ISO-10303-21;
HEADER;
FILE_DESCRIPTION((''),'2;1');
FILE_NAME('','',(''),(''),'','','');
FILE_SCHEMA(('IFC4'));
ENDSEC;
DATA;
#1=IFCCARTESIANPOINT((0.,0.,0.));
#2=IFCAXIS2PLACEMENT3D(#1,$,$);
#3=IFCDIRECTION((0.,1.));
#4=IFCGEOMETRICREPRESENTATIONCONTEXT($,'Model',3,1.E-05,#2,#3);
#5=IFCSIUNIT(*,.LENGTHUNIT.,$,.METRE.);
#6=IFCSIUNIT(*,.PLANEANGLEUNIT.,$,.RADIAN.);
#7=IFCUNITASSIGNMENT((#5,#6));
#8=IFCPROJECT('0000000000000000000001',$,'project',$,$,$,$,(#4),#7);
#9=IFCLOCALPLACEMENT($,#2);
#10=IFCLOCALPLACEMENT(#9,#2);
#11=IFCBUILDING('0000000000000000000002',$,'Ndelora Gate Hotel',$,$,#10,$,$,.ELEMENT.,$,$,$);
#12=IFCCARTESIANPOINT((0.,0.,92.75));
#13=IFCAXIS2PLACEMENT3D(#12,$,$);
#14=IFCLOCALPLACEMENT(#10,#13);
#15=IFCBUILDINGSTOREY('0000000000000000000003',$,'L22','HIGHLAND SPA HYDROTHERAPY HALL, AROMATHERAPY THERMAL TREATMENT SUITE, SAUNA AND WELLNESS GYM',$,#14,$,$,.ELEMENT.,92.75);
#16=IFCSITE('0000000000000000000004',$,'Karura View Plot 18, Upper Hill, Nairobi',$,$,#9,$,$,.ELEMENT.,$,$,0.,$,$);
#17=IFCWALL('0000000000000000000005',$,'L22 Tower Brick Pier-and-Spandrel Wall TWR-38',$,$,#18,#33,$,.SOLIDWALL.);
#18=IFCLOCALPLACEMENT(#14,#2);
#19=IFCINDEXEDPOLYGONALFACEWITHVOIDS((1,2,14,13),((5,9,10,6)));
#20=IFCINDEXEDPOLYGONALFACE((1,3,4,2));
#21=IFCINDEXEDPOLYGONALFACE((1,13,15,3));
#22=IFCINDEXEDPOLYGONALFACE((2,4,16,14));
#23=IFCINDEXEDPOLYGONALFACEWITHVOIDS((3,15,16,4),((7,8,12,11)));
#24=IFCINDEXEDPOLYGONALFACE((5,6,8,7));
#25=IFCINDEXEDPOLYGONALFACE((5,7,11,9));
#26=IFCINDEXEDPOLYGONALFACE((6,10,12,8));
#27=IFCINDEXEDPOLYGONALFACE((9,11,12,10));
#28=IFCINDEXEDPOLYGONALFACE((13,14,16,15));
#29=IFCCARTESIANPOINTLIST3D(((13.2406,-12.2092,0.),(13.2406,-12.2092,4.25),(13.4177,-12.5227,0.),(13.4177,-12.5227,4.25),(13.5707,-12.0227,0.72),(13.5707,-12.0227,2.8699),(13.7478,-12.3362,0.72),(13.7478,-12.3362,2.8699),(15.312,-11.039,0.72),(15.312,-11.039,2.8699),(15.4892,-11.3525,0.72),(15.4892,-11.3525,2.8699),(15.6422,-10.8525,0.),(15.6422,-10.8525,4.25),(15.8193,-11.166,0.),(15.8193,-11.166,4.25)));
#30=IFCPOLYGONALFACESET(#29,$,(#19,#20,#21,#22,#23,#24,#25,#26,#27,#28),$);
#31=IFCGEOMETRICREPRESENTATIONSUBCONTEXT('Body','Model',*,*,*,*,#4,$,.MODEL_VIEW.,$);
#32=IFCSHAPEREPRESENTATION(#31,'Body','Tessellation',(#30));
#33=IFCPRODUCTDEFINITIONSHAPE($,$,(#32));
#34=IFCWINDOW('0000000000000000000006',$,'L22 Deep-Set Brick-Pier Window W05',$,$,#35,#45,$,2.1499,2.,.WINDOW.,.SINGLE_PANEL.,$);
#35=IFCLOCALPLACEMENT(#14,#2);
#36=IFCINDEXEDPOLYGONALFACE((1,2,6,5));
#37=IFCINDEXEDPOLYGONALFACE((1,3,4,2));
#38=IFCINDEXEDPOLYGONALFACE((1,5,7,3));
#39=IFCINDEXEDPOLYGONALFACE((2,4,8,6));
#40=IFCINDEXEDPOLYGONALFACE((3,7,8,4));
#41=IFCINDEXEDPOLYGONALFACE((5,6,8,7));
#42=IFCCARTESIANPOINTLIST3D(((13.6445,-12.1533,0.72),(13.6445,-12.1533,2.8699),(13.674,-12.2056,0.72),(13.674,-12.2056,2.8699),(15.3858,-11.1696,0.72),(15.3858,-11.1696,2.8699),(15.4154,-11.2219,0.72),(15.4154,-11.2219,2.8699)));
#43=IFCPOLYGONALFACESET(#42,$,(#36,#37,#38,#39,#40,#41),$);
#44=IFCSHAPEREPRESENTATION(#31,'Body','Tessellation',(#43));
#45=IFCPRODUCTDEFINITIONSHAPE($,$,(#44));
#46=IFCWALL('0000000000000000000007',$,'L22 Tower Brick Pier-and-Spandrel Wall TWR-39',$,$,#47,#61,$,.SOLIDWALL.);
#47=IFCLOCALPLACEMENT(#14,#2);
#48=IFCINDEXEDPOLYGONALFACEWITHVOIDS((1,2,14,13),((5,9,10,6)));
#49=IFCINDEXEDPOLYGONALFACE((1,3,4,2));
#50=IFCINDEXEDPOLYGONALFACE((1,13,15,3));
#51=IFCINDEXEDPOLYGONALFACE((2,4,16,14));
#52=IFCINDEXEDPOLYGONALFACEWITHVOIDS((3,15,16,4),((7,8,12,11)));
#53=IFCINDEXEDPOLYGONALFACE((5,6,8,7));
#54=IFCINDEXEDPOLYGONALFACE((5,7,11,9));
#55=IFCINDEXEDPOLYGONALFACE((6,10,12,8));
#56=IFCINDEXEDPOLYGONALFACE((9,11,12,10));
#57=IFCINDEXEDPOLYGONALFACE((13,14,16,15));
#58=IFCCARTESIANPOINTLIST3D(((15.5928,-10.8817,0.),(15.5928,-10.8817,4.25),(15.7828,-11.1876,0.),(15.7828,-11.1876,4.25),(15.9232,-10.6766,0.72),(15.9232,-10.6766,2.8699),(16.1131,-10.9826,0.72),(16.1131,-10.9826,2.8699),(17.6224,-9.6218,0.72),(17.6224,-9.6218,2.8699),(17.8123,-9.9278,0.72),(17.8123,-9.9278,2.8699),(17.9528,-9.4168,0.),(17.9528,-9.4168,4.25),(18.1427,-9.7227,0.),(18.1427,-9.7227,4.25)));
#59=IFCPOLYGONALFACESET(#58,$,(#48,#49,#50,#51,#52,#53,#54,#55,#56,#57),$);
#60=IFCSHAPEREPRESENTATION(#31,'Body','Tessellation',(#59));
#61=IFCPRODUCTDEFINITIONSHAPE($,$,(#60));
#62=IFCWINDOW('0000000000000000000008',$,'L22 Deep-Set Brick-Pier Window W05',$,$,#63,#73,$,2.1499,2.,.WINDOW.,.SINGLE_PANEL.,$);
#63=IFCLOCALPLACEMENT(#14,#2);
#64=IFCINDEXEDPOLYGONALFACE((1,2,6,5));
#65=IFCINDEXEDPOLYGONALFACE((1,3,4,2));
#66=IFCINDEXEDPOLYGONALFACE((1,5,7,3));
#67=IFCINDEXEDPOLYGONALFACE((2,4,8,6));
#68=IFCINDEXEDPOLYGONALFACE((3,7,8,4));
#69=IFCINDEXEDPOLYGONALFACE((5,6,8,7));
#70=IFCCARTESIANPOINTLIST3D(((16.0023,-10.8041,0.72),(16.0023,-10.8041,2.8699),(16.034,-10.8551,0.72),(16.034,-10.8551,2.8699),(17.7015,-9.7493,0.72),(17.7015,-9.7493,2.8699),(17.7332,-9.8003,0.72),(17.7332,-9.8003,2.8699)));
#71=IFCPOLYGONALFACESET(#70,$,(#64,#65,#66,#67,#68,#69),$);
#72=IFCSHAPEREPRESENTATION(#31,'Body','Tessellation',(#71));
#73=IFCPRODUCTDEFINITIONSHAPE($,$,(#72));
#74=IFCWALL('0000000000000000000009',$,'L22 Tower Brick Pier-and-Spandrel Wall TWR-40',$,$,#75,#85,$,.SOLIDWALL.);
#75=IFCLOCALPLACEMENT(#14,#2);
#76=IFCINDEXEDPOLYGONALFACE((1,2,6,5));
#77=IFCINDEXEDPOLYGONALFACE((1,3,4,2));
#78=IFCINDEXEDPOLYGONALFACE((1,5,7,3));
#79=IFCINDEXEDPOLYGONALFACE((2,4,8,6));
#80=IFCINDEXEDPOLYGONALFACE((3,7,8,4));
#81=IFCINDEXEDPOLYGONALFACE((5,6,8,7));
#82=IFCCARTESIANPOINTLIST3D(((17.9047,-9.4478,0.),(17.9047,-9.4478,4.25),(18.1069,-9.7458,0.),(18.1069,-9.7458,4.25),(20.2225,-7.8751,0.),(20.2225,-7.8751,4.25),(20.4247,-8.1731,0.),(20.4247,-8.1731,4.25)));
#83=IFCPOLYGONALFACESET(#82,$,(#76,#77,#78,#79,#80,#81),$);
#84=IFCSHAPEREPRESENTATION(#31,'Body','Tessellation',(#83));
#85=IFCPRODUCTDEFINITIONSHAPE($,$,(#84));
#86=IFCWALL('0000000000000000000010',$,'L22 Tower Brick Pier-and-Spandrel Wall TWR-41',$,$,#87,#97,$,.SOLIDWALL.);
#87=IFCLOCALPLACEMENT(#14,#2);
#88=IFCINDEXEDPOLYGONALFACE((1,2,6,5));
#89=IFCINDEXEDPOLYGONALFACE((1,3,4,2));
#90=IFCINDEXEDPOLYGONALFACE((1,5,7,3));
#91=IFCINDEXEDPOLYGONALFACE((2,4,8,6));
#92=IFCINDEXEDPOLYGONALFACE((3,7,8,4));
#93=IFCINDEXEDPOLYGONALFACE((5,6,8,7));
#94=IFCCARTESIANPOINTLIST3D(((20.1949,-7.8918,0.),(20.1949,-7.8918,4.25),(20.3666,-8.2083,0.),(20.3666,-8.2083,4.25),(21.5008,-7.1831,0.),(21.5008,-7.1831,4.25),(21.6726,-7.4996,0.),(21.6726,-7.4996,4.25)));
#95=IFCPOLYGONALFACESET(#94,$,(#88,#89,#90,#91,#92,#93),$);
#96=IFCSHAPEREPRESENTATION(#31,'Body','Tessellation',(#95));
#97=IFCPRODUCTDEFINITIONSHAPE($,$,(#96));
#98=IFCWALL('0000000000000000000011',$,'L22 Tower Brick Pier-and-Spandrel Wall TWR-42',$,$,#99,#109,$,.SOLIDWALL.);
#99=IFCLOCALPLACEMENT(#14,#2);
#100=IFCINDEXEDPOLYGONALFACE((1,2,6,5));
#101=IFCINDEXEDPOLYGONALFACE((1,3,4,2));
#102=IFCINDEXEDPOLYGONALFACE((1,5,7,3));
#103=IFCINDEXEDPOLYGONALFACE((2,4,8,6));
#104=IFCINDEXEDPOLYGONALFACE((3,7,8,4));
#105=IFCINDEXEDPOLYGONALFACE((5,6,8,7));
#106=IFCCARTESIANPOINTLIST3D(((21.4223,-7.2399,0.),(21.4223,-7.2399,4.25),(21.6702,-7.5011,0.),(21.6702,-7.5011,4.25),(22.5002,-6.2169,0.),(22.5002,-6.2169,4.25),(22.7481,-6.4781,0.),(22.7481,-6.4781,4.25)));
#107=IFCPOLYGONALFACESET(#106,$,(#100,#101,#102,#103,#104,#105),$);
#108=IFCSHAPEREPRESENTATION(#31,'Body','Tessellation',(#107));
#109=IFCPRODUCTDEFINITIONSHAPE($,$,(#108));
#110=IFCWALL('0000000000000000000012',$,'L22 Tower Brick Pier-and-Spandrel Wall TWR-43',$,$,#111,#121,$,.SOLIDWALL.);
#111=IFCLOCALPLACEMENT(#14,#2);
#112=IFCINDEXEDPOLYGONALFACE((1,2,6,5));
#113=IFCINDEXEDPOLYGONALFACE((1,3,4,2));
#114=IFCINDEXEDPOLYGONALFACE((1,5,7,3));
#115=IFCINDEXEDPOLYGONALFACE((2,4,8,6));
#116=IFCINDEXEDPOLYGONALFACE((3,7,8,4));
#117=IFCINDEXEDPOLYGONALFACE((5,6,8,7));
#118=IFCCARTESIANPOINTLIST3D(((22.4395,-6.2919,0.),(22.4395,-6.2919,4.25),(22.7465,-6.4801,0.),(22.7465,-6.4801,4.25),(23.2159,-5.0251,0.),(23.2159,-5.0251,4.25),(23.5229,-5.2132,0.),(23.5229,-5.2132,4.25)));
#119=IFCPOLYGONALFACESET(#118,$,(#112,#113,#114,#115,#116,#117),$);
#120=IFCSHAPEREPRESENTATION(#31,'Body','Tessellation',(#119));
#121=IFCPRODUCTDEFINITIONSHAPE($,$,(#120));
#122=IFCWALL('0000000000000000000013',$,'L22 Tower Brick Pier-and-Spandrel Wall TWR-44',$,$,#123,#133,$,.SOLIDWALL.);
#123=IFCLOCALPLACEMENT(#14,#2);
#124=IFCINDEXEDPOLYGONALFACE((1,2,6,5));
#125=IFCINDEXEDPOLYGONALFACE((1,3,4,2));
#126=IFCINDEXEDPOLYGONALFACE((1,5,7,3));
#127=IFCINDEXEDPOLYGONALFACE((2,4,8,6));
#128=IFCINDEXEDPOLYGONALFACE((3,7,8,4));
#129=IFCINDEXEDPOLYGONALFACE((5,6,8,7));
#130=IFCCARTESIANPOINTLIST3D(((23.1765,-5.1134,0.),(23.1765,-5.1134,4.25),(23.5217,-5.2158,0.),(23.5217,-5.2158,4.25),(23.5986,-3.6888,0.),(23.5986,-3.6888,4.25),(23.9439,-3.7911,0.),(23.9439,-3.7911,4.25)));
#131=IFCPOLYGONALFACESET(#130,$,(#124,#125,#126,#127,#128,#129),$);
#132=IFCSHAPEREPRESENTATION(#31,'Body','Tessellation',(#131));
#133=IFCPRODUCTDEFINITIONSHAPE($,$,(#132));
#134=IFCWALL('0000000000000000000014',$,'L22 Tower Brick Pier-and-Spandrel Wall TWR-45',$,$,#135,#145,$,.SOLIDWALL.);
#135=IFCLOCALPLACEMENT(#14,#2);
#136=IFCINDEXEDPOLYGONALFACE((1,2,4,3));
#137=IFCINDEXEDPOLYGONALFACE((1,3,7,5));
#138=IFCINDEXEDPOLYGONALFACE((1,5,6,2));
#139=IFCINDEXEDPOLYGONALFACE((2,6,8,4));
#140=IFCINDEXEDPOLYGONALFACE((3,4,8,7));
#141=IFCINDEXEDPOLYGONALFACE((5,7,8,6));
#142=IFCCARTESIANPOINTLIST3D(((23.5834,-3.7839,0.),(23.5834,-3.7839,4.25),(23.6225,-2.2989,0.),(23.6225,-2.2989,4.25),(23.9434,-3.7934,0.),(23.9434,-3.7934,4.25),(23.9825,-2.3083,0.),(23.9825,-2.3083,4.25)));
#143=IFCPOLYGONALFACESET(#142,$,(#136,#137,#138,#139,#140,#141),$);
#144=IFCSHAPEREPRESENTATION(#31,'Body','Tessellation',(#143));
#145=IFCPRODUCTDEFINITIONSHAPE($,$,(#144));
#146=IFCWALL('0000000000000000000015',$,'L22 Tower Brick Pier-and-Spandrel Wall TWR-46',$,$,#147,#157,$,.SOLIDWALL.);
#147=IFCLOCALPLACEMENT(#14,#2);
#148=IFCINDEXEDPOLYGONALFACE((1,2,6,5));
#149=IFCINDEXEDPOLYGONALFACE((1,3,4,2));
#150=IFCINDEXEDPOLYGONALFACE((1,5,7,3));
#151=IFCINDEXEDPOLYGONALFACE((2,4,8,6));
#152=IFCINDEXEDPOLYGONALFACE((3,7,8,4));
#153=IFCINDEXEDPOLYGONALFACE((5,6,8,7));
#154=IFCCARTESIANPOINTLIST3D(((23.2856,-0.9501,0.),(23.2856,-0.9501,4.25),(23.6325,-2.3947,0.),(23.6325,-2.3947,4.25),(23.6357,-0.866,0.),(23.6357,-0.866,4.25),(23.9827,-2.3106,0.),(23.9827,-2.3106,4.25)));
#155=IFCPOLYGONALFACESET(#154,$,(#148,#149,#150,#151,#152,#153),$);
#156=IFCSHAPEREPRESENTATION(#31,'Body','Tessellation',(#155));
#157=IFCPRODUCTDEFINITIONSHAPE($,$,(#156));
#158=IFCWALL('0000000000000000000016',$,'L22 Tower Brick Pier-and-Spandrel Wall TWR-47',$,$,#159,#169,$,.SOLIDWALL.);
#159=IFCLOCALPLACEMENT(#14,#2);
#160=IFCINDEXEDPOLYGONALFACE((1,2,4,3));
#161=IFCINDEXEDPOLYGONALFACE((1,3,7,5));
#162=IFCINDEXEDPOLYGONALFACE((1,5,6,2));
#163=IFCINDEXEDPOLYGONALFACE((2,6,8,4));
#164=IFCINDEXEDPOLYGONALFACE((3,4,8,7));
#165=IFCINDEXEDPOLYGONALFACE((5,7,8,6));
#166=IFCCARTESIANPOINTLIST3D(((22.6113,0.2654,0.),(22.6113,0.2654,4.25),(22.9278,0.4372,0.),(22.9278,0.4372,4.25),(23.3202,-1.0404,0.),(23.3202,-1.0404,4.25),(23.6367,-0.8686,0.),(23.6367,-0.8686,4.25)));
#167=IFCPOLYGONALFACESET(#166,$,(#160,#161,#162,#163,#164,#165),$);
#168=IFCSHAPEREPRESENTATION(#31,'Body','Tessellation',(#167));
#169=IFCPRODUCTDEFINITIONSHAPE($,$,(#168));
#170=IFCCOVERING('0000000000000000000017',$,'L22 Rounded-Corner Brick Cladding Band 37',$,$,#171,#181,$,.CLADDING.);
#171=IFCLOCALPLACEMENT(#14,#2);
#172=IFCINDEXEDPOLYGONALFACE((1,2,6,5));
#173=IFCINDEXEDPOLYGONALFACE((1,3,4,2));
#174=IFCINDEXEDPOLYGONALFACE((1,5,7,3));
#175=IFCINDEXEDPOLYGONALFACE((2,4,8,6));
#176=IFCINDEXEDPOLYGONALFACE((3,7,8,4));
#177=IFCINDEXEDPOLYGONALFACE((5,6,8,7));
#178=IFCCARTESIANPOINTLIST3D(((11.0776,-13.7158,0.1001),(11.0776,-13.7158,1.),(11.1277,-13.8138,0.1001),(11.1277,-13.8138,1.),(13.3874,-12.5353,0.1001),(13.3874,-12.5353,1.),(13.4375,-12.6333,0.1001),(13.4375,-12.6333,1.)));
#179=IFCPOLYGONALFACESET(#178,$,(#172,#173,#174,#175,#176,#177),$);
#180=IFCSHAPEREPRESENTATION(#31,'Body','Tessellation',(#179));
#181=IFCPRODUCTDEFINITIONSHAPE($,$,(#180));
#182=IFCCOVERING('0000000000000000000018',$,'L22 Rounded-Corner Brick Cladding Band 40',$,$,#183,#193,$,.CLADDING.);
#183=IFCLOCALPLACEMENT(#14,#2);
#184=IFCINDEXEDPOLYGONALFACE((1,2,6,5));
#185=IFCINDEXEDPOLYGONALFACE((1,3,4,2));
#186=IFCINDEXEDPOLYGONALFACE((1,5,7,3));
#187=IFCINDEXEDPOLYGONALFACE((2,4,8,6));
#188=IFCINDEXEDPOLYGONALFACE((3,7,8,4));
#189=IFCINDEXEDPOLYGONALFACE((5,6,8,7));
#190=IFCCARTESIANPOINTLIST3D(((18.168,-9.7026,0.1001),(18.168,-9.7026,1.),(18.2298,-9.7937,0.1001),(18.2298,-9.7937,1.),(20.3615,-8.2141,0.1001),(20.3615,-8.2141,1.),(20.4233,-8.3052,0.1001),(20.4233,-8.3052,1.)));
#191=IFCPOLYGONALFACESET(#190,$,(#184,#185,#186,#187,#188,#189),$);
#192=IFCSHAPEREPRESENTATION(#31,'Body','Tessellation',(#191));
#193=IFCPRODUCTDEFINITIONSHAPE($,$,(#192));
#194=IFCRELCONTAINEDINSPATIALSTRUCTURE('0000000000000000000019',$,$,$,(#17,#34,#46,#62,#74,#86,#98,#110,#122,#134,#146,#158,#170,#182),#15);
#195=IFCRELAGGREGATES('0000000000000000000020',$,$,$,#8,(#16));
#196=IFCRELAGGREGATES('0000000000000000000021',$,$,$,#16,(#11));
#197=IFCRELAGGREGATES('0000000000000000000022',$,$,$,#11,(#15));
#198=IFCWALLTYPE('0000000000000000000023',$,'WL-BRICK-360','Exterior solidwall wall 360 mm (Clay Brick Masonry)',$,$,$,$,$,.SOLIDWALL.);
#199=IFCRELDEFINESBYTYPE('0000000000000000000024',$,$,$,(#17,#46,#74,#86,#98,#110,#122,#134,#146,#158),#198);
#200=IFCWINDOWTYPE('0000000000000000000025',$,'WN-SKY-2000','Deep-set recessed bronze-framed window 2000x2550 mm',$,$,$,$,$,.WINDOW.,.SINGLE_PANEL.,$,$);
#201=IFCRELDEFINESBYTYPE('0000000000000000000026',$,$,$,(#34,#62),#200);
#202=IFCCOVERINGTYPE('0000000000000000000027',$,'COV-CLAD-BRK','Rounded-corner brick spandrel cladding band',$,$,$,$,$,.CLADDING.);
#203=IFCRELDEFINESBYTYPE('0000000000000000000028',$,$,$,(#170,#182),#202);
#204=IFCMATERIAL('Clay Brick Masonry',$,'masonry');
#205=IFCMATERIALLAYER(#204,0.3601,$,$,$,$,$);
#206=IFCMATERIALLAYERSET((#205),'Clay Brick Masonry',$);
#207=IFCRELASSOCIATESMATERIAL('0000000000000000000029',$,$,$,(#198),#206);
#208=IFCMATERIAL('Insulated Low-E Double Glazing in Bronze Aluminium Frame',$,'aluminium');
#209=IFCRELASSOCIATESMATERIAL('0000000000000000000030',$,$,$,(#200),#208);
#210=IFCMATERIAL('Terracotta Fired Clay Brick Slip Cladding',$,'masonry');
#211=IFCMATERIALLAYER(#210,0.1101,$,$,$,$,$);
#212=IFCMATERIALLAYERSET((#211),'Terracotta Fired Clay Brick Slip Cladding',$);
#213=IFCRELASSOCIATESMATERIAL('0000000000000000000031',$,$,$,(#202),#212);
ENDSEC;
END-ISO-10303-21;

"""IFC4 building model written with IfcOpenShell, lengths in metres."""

from ifc_helpers import new_model, si_unit, direction, frame, frame_2d, origin, origin_2d, place, context, subcontext, project, spatial, rectangle, extrude, material, layer, layer_set, type_object, element, fill, save


model = new_model("IFC4")

# Units and contexts
model_context = context("Model", 3, precision=1e-05, world=origin(), true_north=direction((0.0, 1.0)))
body_context = subcontext(model_context, "Body", "Model", "MODEL_VIEW")
ifc_project = project(units=[si_unit("LENGTHUNIT", "METRE"), si_unit("PLANEANGLEUNIT", "RADIAN")], contexts=[model_context])

# Site, building, storey
site_placement = place(None, origin())
site = spatial("IfcSite", under=ifc_project, at=site_placement, Name="Karura View Plot 18, Upper Hill, Nairobi", CompositionType="ELEMENT", RefElevation=0.0)
building_placement = place(site_placement, origin())
building = spatial("IfcBuilding", under=site, at=building_placement, Name="Ndelora Gate Hotel", CompositionType="ELEMENT")
storey_placement = place(building_placement, frame((0.0, 0.0, 92.75)))
storey = spatial("IfcBuildingStorey", under=building, at=storey_placement, Name="L22", Description="HIGHLAND SPA HYDROTHERAPY HALL, AROMATHERAPY THERMAL TREATMENT SUITE, SAUNA AND WELLNESS GYM", CompositionType="ELEMENT", Elevation=92.75)

# Shared definitions
ifc_material_1 = material(Name="Clay Brick Masonry", Category="masonry")
ifc_layer_1 = layer(ifc_material_1, 0.3601)
ifc_layer_set_1 = layer_set([ifc_layer_1], Name="Clay Brick Masonry")
wall_type = type_object("IfcWallType", Name="WL-BRICK-360", Description="Exterior solidwall wall 360 mm (Clay Brick Masonry)", PredefinedType="SOLIDWALL", material=ifc_layer_set_1)

# Walls, openings, windows
ifc_material_2 = material(Name="Insulated Low-E Double Glazing in Bronze Aluminium Frame", Category="aluminium")
window_type = type_object("IfcWindowType", Name="WN-SKY-2000", Description="Deep-set recessed bronze-framed window 2000x2550 mm", PartitioningType="SINGLE_PANEL", PredefinedType="WINDOW", material=ifc_material_2)
wall_1_placement = place(storey_placement, frame((15.7307, -11.0093, 0.0), z_axis=(0.0, 0.0, 1.0), x_axis=(-0.870678, -0.491853, 0.0)))
wall_1 = element("IfcWall", 1, at=wall_1_placement, inside=storey, type_object=wall_type, Name="L22 Tower Brick Pier-and-Spandrel Wall TWR-38", PredefinedType="SOLIDWALL", context=body_context, shape_type="SweptSolid", body=[
    extrude(rectangle(XDim=2.7583, YDim=0.3601, at=frame_2d((1.3792, 0.0))), origin(), (0.0, 0.0, 1.0), 4.25),
])
opening_1_placement = place(wall_1_placement, frame((0.3792, 0.0, 0.72)))
opening_1 = element("IfcOpeningElement", 2, at=opening_1_placement, cuts=wall_1, PredefinedType="OPENING", context=body_context, shape_type="SweptSolid", body=[
    extrude(rectangle(XDim=2.0, YDim=2.1499, at=frame_2d((1.0, 1.075))), frame((0.0, 0.1899, 0.0), z_axis=(0.0, -1.0, 0.0), x_axis=(1.0, 0.0, 0.0)), (0.0, 0.0, 1.0), 0.3801),
])
window_1_placement = place(opening_1_placement, origin())
window_1 = element("IfcWindow", 3, at=window_1_placement, inside=storey, type_object=window_type, Name="L22 Deep-Set Brick-Pier Window W05", OverallHeight=2.1499, OverallWidth=2.0, PartitioningType="SINGLE_PANEL", PredefinedType="WINDOW", context=body_context, shape_type="SweptSolid", body=[
    extrude(rectangle(XDim=2.0, YDim=2.1499, at=frame_2d((1.0, 1.075))), frame((0.0, 0.03, 0.0), z_axis=(0.0, -1.0, 0.0), x_axis=(1.0, 0.0, 0.0)), (0.0, 0.0, 1.0), 0.0601),
])
fill(opening_1, window_1)
wall_2_placement = place(storey_placement, frame((18.0476, -9.5698, 0.0), z_axis=(0.0, 0.0, 1.0), x_axis=(-0.849624, -0.527389, 0.0)))
wall_2 = element("IfcWall", 4, at=wall_2_placement, inside=storey, type_object=wall_type, Name="L22 Tower Brick Pier-and-Spandrel Wall TWR-39", PredefinedType="SOLIDWALL", context=body_context, shape_type="SweptSolid", body=[
    extrude(rectangle(XDim=2.7776, YDim=0.3601, at=frame_2d((1.3887, 0.0))), origin(), (0.0, 0.0, 1.0), 4.25),
])
opening_2_placement = place(wall_2_placement, frame((0.3887, 0.0, 0.72)))
opening_2 = element("IfcOpeningElement", 5, at=opening_2_placement, cuts=wall_2, PredefinedType="OPENING", context=body_context, shape_type="SweptSolid", body=[
    extrude(rectangle(XDim=2.0, YDim=2.1499, at=frame_2d((1.0, 1.075))), frame((0.0, 0.1899, 0.0), z_axis=(0.0, -1.0, 0.0), x_axis=(1.0, 0.0, 0.0)), (0.0, 0.0, 1.0), 0.3801),
])
window_2_placement = place(opening_2_placement, origin())
window_2 = element("IfcWindow", 6, at=window_2_placement, inside=storey, type_object=window_type, Name="L22 Deep-Set Brick-Pier Window W05", OverallHeight=2.1499, OverallWidth=2.0, PartitioningType="SINGLE_PANEL", PredefinedType="WINDOW", context=body_context, shape_type="SweptSolid", body=[
    extrude(rectangle(XDim=2.0, YDim=2.1499, at=frame_2d((1.0, 1.075))), frame((0.0, 0.03, 0.0), z_axis=(0.0, -1.0, 0.0), x_axis=(1.0, 0.0, 0.0)), (0.0, 0.0, 1.0), 0.0601),
])
fill(opening_2, window_2)

# Walls
wall_3_placement = place(storey_placement, frame((20.3235, -8.0242, 0.0), z_axis=(0.0, 0.0, 1.0), x_axis=(-0.82749, -0.56148, 0.0)))
element("IfcWall", 7, at=wall_3_placement, inside=storey, type_object=wall_type, Name="L22 Tower Brick Pier-and-Spandrel Wall TWR-40", PredefinedType="SOLIDWALL", context=body_context, shape_type="SweptSolid", body=[
    extrude(rectangle(XDim=2.801, YDim=0.3601, at=frame_2d((1.4004, 0.0))), origin(), (0.0, 0.0, 1.0), 4.25),
])
wall_4_placement = place(storey_placement, frame((21.5867, -7.3413, 0.0), z_axis=(0.0, 0.0, 1.0), x_axis=(-0.878905, -0.476998, 0.0)))
element("IfcWall", 8, at=wall_4_placement, inside=storey, type_object=wall_type, Name="L22 Tower Brick Pier-and-Spandrel Wall TWR-41", PredefinedType="SOLIDWALL", context=body_context, shape_type="SweptSolid", body=[
    extrude(rectangle(XDim=1.4858, YDim=0.3601, at=frame_2d((0.7429, 0.0))), origin(), (0.0, 0.0, 1.0), 4.25),
])
wall_5_placement = place(storey_placement, frame((22.6243, -6.3474, 0.0), z_axis=(0.0, 0.0, 1.0), x_axis=(-0.725348, -0.688382, 0.0)))
element("IfcWall", 9, at=wall_5_placement, inside=storey, type_object=wall_type, Name="L22 Tower Brick Pier-and-Spandrel Wall TWR-42", PredefinedType="SOLIDWALL", context=body_context, shape_type="SweptSolid", body=[
    extrude(rectangle(XDim=1.4861, YDim=0.3601, at=frame_2d((0.7432, 0.0))), origin(), (0.0, 0.0, 1.0), 4.25),
])
for number, where, z_axis, x_axis, name in (
    (10, (23.3694, -5.1191, 0.0), (0.0, 0.0, 1.0), (-0.52252, -0.852627, 0.0), "L22 Tower Brick Pier-and-Spandrel Wall TWR-43"),
    (11, (23.7712, -3.74, 0.0), (0.0, 0.0, 1.0), (-0.284105, -0.958793, 0.0), "L22 Tower Brick Pier-and-Spandrel Wall TWR-44"),
):
    element("IfcWall", number, at=place(storey_placement, frame(where, z_axis=z_axis, x_axis=x_axis)), inside=storey, type_object=wall_type, Name=name, PredefinedType="SOLIDWALL", context=body_context, shape_type="SweptSolid", body=[
        extrude(rectangle(XDim=1.4858, YDim=0.3601, at=frame_2d((0.7429, 0.0))), origin(), (0.0, 0.0, 1.0), 4.25),
    ])
for number, where, z_axis, x_axis, name in (
    (12, (23.8025, -2.3037, 0.0), (0.0, 0.0, 1.0), (-0.026294, -0.999654, 0.0), "L22 Tower Brick Pier-and-Spandrel Wall TWR-45"),
    (13, (23.4607, -0.9082, 0.0), (0.0, 0.0, 1.0), (0.233516, -0.972353, 0.0), "L22 Tower Brick Pier-and-Spandrel Wall TWR-46"),
):
    element("IfcWall", number, at=place(storey_placement, frame(where, z_axis=z_axis, x_axis=x_axis)), inside=storey, type_object=wall_type, Name=name, PredefinedType="SOLIDWALL", context=body_context, shape_type="SweptSolid", body=[
        extrude(rectangle(XDim=1.4856, YDim=0.3601, at=frame_2d((0.7427, 0.0))), origin(), (0.0, 0.0, 1.0), 4.25),
    ])
wall_6_placement = place(storey_placement, frame((22.7695, 0.3513, 0.0), z_axis=(0.0, 0.0, 1.0), x_axis=(0.477124, -0.878836, 0.0)))
element("IfcWall", 14, at=wall_6_placement, inside=storey, type_object=wall_type, Name="L22 Tower Brick Pier-and-Spandrel Wall TWR-47", PredefinedType="SOLIDWALL", context=body_context, shape_type="SweptSolid", body=[
    extrude(rectangle(XDim=1.4858, YDim=0.3601, at=frame_2d((0.7429, 0.0))), origin(), (0.0, 0.0, 1.0), 4.25),
])

# Coverings
ifc_material_3 = material(Name="Terracotta Fired Clay Brick Slip Cladding", Category="masonry")
ifc_layer_2 = layer(ifc_material_3, 0.1101)
ifc_layer_set_2 = layer_set([ifc_layer_2], Name="Terracotta Fired Clay Brick Slip Cladding")
covering_type = type_object("IfcCoveringType", Name="COV-CLAD-BRK", Description="Rounded-corner brick spandrel cladding band", PredefinedType="CLADDING", material=ifc_layer_set_2)
covering_1_placement = place(storey_placement, frame((12.2576, -13.1746, 0.1001), z_axis=(0.0, 0.0, 1.0), x_axis=(0.890451, 0.455079, 0.0)))
element("IfcCovering", 15, at=covering_1_placement, inside=storey, type_object=covering_type, Name="L22 Rounded-Corner Brick Cladding Band 37", PredefinedType="CLADDING", context=body_context, shape_type="SweptSolid", body=[
    extrude(rectangle(XDim=2.594, YDim=0.1101, at=origin_2d()), origin(), (0.0, 0.0, 1.0), 0.8999),
])
covering_2_placement = place(storey_placement, frame((19.2957, -9.0039, 0.1001), z_axis=(0.0, 0.0, 1.0), x_axis=(0.827473, 0.561506, 0.0)))
element("IfcCovering", 16, at=covering_2_placement, inside=storey, type_object=covering_type, Name="L22 Rounded-Corner Brick Cladding Band 40", PredefinedType="CLADDING", context=body_context, shape_type="SweptSolid", body=[
    extrude(rectangle(XDim=2.6509, YDim=0.1101, at=origin_2d()), origin(), (0.0, 0.0, 1.0), 0.8999),
])

save(model, "model.ifc")
